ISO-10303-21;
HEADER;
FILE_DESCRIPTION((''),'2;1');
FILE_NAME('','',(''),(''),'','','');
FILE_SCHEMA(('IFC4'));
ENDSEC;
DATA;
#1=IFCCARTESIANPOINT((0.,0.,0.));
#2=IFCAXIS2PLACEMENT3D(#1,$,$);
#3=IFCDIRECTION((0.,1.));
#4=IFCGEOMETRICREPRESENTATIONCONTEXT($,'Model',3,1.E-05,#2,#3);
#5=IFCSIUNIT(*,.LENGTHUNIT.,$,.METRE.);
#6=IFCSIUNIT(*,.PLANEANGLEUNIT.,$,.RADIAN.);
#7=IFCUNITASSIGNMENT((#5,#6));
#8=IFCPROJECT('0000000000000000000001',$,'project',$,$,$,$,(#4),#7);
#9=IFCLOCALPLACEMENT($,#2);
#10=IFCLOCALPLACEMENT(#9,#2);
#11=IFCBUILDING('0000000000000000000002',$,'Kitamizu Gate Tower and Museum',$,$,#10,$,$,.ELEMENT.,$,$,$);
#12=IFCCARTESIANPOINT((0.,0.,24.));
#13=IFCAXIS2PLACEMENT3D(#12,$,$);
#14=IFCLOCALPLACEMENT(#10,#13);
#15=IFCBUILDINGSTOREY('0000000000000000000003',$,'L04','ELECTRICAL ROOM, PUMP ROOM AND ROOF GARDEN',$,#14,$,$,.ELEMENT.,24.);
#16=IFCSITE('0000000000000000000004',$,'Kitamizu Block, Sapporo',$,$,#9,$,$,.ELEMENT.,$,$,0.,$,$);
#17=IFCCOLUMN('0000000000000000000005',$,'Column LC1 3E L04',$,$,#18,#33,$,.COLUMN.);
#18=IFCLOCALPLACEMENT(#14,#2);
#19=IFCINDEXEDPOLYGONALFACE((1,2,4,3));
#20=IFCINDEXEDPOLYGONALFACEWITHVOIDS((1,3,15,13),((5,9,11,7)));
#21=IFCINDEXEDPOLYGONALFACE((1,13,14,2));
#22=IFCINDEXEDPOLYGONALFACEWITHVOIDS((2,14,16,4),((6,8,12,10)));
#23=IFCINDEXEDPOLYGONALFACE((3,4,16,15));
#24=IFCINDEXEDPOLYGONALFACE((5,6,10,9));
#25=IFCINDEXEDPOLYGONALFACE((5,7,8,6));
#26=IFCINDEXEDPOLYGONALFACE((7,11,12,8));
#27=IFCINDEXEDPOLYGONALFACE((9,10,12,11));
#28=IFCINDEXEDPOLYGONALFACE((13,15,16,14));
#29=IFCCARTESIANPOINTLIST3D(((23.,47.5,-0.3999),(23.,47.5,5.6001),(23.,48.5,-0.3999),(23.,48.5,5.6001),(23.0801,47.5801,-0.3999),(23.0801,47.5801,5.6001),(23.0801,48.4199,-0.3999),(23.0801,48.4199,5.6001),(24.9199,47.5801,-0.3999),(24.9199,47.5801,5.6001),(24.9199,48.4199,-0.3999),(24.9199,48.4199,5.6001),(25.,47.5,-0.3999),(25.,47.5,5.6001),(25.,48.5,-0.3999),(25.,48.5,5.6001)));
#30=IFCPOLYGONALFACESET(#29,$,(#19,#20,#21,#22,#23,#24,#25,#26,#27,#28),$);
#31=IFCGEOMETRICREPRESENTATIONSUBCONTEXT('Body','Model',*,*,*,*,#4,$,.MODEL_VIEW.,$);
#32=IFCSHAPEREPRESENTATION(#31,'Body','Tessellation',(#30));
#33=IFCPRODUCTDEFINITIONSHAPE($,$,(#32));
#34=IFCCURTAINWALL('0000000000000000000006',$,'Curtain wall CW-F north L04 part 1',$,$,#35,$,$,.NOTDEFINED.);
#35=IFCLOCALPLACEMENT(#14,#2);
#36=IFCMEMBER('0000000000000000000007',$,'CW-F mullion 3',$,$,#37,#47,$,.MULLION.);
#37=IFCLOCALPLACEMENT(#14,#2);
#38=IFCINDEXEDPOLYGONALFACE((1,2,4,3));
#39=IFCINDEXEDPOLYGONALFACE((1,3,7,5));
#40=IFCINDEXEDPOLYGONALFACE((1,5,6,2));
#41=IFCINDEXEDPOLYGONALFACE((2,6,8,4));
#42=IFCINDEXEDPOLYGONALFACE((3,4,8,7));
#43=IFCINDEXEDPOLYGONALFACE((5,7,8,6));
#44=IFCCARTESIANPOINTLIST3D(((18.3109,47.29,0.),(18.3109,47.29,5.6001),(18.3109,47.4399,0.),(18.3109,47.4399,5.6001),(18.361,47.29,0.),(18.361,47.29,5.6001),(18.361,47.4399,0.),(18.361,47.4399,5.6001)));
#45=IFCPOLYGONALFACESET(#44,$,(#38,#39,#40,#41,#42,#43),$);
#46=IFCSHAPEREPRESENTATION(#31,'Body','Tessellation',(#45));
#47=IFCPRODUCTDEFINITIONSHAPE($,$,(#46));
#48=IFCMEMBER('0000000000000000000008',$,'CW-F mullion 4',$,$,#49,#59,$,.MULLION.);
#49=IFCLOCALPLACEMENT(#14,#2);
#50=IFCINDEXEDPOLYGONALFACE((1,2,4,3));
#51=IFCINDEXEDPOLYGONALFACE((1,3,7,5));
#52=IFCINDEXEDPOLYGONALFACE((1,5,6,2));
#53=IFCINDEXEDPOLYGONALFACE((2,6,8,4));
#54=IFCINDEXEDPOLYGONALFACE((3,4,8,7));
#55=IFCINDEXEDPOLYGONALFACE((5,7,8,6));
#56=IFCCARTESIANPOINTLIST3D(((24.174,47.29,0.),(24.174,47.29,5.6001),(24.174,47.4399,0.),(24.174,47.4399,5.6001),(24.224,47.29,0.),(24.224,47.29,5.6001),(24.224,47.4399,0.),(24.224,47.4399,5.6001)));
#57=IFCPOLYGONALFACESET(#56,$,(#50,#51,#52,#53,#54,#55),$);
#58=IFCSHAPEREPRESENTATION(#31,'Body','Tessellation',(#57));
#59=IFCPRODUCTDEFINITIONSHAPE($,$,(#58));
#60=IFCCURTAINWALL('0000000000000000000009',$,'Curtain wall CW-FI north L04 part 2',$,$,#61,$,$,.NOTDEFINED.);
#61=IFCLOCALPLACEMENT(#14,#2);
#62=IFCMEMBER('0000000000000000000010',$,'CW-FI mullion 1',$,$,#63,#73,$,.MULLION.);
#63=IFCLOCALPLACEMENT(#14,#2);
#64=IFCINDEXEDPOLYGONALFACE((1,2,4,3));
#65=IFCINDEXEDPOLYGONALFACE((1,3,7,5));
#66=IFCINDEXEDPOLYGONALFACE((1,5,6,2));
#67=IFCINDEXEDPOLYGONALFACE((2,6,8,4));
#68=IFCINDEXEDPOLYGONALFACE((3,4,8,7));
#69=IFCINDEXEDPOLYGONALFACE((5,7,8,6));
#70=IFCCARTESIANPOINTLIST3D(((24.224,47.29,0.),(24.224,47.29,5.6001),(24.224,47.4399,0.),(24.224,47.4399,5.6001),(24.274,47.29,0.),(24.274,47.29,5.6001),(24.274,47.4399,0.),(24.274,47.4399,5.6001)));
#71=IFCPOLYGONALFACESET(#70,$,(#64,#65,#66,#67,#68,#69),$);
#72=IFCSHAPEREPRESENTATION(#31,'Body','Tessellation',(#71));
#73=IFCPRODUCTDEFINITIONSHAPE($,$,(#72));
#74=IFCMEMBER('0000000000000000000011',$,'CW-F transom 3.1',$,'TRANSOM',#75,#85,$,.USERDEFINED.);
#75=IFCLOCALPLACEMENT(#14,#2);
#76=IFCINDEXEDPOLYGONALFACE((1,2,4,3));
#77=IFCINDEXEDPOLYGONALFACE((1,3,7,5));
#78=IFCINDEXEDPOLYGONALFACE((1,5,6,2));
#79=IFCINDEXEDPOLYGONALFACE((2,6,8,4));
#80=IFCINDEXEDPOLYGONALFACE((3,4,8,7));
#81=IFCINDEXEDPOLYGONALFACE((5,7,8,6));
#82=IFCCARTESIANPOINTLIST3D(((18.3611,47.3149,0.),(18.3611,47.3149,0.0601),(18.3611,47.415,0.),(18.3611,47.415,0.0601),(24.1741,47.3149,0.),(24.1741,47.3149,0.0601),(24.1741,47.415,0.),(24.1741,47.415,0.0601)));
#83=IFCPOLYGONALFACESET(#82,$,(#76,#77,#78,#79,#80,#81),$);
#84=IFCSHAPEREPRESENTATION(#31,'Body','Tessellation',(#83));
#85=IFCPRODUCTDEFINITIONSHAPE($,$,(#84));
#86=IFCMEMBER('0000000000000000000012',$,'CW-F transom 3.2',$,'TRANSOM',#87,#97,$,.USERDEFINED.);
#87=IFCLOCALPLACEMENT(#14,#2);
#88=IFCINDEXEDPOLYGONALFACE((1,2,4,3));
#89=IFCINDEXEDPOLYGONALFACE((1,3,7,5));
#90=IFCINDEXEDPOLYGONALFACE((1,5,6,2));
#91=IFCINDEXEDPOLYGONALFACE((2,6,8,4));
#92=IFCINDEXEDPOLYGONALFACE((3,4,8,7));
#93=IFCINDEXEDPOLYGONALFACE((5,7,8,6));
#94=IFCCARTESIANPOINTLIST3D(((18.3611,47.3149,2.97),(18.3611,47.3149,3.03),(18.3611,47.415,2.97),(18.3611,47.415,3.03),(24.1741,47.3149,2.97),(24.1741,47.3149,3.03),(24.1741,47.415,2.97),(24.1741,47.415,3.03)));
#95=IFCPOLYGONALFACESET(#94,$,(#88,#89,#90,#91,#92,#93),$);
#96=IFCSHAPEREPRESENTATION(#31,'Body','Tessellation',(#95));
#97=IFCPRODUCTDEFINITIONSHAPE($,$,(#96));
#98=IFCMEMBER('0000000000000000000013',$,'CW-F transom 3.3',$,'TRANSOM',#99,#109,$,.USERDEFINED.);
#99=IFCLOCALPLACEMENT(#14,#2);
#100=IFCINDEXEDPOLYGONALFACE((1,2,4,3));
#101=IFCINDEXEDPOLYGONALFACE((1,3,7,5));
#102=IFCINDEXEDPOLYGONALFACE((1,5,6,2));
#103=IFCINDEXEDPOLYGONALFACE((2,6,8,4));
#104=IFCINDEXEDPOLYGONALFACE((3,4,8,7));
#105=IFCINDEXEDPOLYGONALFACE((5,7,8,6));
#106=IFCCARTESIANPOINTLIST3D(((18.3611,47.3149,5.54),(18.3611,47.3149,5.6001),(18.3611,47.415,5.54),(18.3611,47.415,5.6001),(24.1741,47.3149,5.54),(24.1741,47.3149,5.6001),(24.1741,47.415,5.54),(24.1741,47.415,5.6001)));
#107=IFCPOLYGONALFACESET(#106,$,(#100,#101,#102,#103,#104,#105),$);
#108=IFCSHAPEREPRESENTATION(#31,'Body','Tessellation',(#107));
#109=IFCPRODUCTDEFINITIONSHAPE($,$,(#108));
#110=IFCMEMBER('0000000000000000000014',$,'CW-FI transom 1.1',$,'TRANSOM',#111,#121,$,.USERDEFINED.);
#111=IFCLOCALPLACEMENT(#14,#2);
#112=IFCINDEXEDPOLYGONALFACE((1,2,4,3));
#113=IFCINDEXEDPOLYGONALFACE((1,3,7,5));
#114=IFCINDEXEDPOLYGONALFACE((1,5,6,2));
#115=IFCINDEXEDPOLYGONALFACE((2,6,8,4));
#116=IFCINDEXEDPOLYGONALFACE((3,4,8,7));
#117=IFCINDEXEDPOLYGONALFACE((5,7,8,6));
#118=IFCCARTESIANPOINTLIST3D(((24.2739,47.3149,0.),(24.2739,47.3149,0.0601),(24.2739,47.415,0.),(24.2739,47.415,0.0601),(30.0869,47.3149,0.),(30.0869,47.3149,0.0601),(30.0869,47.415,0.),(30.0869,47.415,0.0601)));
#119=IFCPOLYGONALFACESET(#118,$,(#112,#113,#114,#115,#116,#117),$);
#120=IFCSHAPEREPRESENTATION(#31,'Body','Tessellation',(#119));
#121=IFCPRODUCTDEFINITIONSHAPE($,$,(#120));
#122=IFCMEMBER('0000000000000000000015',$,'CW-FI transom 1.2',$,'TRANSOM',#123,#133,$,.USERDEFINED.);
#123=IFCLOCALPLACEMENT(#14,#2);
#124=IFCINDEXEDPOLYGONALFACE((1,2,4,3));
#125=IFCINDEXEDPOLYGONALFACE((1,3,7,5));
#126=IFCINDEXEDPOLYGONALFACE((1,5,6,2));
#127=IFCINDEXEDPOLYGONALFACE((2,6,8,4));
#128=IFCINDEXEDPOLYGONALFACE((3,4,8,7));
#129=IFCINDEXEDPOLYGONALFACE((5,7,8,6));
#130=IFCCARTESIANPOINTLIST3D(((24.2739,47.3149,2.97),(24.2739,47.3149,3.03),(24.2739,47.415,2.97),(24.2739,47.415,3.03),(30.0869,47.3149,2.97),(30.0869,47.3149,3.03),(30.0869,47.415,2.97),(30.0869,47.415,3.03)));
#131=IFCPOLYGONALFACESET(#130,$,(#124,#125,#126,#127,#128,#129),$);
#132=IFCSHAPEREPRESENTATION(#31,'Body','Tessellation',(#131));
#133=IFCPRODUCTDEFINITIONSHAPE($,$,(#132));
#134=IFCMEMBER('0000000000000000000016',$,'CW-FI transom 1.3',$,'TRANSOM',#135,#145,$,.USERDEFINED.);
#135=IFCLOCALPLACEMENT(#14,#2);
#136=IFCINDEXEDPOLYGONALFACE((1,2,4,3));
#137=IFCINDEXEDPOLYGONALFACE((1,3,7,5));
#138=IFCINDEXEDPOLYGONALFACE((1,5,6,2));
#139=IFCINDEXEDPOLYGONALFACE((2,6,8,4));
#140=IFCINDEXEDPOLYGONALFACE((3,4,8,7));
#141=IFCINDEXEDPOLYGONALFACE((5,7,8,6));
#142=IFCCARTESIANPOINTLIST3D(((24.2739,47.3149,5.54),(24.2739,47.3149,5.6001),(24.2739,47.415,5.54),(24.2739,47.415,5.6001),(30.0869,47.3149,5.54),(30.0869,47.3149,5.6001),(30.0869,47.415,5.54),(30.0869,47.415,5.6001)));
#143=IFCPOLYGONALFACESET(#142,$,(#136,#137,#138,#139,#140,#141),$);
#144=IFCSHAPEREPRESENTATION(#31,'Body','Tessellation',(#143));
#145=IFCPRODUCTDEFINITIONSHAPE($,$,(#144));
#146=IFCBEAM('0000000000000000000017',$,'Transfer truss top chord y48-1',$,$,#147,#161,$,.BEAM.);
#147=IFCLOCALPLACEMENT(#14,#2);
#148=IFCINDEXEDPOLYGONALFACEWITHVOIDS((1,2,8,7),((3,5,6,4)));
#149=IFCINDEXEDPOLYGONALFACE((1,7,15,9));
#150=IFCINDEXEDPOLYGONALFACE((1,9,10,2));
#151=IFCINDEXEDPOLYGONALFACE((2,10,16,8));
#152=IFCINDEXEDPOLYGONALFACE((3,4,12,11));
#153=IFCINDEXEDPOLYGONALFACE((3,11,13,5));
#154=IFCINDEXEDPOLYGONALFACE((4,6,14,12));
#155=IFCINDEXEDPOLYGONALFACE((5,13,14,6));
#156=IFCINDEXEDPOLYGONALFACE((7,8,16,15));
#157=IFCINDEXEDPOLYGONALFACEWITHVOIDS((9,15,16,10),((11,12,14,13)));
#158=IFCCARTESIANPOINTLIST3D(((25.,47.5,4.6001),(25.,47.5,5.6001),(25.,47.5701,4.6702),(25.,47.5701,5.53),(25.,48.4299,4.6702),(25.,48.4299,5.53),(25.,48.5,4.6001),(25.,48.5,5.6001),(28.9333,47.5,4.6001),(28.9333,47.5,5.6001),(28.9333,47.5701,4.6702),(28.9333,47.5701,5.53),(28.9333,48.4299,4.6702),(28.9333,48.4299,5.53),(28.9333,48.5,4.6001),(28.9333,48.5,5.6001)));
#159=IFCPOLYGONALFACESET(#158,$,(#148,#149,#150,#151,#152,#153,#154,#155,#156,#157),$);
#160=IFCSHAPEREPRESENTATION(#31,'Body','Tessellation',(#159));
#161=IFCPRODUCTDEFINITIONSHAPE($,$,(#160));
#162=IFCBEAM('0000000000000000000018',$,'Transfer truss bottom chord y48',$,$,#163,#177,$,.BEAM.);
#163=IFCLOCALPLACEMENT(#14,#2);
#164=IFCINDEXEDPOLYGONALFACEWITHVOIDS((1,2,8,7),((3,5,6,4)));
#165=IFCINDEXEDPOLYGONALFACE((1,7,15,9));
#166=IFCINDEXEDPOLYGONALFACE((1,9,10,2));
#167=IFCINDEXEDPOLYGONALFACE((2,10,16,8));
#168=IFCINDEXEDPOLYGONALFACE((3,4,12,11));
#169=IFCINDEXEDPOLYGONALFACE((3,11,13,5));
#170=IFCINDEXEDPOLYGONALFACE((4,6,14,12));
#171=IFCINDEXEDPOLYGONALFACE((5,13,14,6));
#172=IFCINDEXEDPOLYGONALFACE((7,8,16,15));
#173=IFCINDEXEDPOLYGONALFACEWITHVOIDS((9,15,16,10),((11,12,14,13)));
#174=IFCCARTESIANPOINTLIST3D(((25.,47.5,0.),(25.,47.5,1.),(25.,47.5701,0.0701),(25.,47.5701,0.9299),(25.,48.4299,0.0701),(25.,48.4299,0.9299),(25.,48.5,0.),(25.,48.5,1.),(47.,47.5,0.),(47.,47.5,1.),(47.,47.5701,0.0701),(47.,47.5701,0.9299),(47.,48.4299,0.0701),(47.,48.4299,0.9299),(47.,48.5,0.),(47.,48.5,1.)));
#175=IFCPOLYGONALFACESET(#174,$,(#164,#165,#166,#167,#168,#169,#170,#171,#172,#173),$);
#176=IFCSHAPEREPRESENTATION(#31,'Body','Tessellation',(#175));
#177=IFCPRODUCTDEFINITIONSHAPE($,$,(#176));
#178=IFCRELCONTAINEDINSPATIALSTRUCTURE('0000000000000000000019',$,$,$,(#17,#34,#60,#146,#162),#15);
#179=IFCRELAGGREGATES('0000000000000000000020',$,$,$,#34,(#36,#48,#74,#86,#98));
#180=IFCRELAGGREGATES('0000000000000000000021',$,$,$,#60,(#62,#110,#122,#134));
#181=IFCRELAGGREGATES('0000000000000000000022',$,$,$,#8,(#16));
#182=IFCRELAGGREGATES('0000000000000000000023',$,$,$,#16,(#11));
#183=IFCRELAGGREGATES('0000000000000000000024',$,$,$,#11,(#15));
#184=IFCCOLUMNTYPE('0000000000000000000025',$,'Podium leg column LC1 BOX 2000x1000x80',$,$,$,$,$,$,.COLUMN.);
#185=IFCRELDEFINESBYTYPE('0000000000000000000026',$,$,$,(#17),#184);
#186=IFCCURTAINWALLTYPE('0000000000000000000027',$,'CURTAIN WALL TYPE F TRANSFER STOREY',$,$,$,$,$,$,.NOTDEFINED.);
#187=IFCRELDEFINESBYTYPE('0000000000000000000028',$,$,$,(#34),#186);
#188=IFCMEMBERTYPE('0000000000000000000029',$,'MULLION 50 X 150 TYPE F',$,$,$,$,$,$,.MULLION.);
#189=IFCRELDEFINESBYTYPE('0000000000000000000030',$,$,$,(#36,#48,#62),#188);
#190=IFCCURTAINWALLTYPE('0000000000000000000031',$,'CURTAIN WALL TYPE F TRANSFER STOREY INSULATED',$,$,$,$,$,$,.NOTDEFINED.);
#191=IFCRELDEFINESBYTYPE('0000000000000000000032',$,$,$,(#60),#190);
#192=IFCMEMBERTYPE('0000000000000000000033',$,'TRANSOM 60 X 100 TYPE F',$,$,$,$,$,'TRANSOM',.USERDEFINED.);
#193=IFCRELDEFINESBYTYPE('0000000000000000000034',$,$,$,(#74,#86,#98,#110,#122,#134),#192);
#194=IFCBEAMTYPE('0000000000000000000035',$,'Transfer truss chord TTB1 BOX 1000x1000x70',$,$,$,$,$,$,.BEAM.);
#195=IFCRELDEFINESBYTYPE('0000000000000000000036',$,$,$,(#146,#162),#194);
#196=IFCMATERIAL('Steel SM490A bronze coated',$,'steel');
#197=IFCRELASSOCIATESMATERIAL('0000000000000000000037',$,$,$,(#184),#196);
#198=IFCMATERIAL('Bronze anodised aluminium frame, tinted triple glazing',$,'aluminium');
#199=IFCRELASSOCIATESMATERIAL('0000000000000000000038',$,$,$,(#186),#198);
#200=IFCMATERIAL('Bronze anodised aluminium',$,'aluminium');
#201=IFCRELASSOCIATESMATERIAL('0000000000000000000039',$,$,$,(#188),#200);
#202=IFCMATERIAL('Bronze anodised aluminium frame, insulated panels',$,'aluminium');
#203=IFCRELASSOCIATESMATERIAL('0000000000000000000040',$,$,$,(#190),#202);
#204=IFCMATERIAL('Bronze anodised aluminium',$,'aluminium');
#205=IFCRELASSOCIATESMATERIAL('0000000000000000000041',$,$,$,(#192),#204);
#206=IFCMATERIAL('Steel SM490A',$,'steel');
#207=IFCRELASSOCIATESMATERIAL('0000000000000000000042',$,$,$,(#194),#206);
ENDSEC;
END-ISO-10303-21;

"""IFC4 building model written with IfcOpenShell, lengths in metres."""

from ifc_helpers import new_model, si_unit, direction, frame, origin, origin_2d, place, context, subcontext, project, spatial, rectangle, hollow_rectangle, extrude, material, material_profile, profile_set, type_object, element, aggregate, save


model = new_model("IFC4")

# Units and contexts
model_context = context("Model", 3, precision=1e-05, world=origin(), true_north=direction((0.0, 1.0)))
body_context = subcontext(model_context, "Body", "Model", "MODEL_VIEW")
ifc_project = project(units=[si_unit("LENGTHUNIT", "METRE"), si_unit("PLANEANGLEUNIT", "RADIAN")], contexts=[model_context])

# Site, building, storey
site_placement = place(None, origin())
site = spatial("IfcSite", under=ifc_project, at=site_placement, Name="Kitamizu Block, Sapporo", CompositionType="ELEMENT", RefElevation=0.0)
building_placement = place(site_placement, origin())
building = spatial("IfcBuilding", under=site, at=building_placement, Name="Kitamizu Gate Tower and Museum", CompositionType="ELEMENT")
storey_placement = place(building_placement, frame((0.0, 0.0, 24.0)))
storey = spatial("IfcBuildingStorey", under=building, at=storey_placement, Name="L04", Description="ELECTRICAL ROOM, PUMP ROOM AND ROOF GARDEN", CompositionType="ELEMENT", Elevation=24.0)

# Column
ifc_material_1 = material(Name="Steel SM490A bronze coated", Category="steel")
ifc_material_profile_1 = material_profile(ifc_material_1, hollow_rectangle(XDim=2.0, YDim=1.0, WallThickness=0.0801, at=origin_2d()), Name="BOX 2000x1000x80")
ifc_profile_set_1 = profile_set([ifc_material_profile_1], Name="Steel SM490A bronze coated")
column_type = type_object("IfcColumnType", Name="Podium leg column LC1 BOX 2000x1000x80", PredefinedType="COLUMN", material=ifc_profile_set_1)
column_placement = place(storey_placement, frame((24.0, 48.0, -0.3999), z_axis=(0.0, 0.0, 1.0), x_axis=(1.0, 0.0, 0.0)))
element("IfcColumn", 1, at=column_placement, inside=storey, type_object=column_type, Name="Column LC1 3E L04", PredefinedType="COLUMN", context=body_context, shape_type="SweptSolid", body=[
    extrude(hollow_rectangle(XDim=2.0, YDim=1.0, WallThickness=0.0801, at=origin_2d()), origin(), (0.0, 0.0, 1.0), 6.0),
])

# Curtain wall, members
ifc_material_2 = material(Name="Bronze anodised aluminium frame, tinted triple glazing", Category="aluminium")
curtain_wall_type_1 = type_object("IfcCurtainWallType", Name="CURTAIN WALL TYPE F TRANSFER STOREY", PredefinedType="NOTDEFINED", material=ifc_material_2)
curtain_wall_1_placement = place(storey_placement, origin())
curtain_wall_1 = element("IfcCurtainWall", 2, at=curtain_wall_1_placement, inside=storey, type_object=curtain_wall_type_1, Name="Curtain wall CW-F north L04 part 1", PredefinedType="NOTDEFINED")
ifc_material_3 = material(Name="Bronze anodised aluminium", Category="aluminium")
ifc_material_profile_2 = material_profile(ifc_material_3, rectangle(XDim=0.05, YDim=0.1499, at=origin_2d()), Name="AL 50X150")
ifc_profile_set_2 = profile_set([ifc_material_profile_2], Name="Bronze anodised aluminium")
member_type_1 = type_object("IfcMemberType", Name="MULLION 50 X 150 TYPE F", PredefinedType="MULLION", material=ifc_profile_set_2)
member_1_placement = place(storey_placement, frame((18.3359, 47.365, 0.0), z_axis=(0.0, 0.0, 1.0), x_axis=(1.0, 0.0, 0.0)))
member_1 = element("IfcMember", 3, at=member_1_placement, type_object=member_type_1, Name="CW-F mullion 3", PredefinedType="MULLION", context=body_context, shape_type="SweptSolid", body=[
    extrude(rectangle(XDim=0.05, YDim=0.1499, at=origin_2d()), origin(), (0.0, 0.0, 1.0), 5.6001),
])
member_2_placement = place(storey_placement, frame((24.199, 47.365, 0.0), z_axis=(0.0, 0.0, 1.0), x_axis=(1.0, 0.0, 0.0)))
member_2 = element("IfcMember", 4, at=member_2_placement, type_object=member_type_1, Name="CW-F mullion 4", PredefinedType="MULLION", context=body_context, shape_type="SweptSolid", body=[
    extrude(rectangle(XDim=0.05, YDim=0.1499, at=origin_2d()), origin(), (0.0, 0.0, 1.0), 5.6001),
])

# Curtain wall, member
ifc_material_4 = material(Name="Bronze anodised aluminium frame, insulated panels", Category="aluminium")
curtain_wall_type_2 = type_object("IfcCurtainWallType", Name="CURTAIN WALL TYPE F TRANSFER STOREY INSULATED", PredefinedType="NOTDEFINED", material=ifc_material_4)
curtain_wall_2_placement = place(storey_placement, origin())
curtain_wall_2 = element("IfcCurtainWall", 5, at=curtain_wall_2_placement, inside=storey, type_object=curtain_wall_type_2, Name="Curtain wall CW-FI north L04 part 2", PredefinedType="NOTDEFINED")
member_3_placement = place(storey_placement, frame((24.249, 47.365, 0.0), z_axis=(0.0, 0.0, 1.0), x_axis=(1.0, 0.0, 0.0)))
member_3 = element("IfcMember", 6, at=member_3_placement, type_object=member_type_1, Name="CW-FI mullion 1", PredefinedType="MULLION", context=body_context, shape_type="SweptSolid", body=[
    extrude(rectangle(XDim=0.05, YDim=0.1499, at=origin_2d()), origin(), (0.0, 0.0, 1.0), 5.6001),
])

# Members
ifc_material_5 = material(Name="Bronze anodised aluminium", Category="aluminium")
ifc_material_profile_3 = material_profile(ifc_material_5, rectangle(XDim=0.1001, YDim=0.0601, at=origin_2d()), Name="AL 60X100")
ifc_profile_set_3 = profile_set([ifc_material_profile_3], Name="Bronze anodised aluminium")
member_type_2 = type_object("IfcMemberType", Name="TRANSOM 60 X 100 TYPE F", ElementType="TRANSOM", PredefinedType="USERDEFINED", material=ifc_profile_set_3)
member_4_placement = place(storey_placement, frame((18.3611, 47.365, 0.03), z_axis=(1.0, 0.0, 0.0), x_axis=(0.0, 1.0, 0.0)))
member_4 = element("IfcMember", 7, at=member_4_placement, type_object=member_type_2, Name="CW-F transom 3.1", ObjectType="TRANSOM", PredefinedType="USERDEFINED", context=body_context, shape_type="SweptSolid", body=[
    extrude(rectangle(XDim=0.1001, YDim=0.0601, at=origin_2d()), origin(), (0.0, 0.0, 1.0), 5.813),
])
member_5_placement = place(storey_placement, frame((18.3611, 47.365, 3.0), z_axis=(1.0, 0.0, 0.0), x_axis=(0.0, 1.0, 0.0)))
member_5 = element("IfcMember", 8, at=member_5_placement, type_object=member_type_2, Name="CW-F transom 3.2", ObjectType="TRANSOM", PredefinedType="USERDEFINED", context=body_context, shape_type="SweptSolid", body=[
    extrude(rectangle(XDim=0.1001, YDim=0.0601, at=origin_2d()), origin(), (0.0, 0.0, 1.0), 5.813),
])
member_6_placement = place(storey_placement, frame((18.3611, 47.365, 5.5701), z_axis=(1.0, 0.0, 0.0), x_axis=(0.0, 1.0, 0.0)))
member_6 = element("IfcMember", 9, at=member_6_placement, type_object=member_type_2, Name="CW-F transom 3.3", ObjectType="TRANSOM", PredefinedType="USERDEFINED", context=body_context, shape_type="SweptSolid", body=[
    extrude(rectangle(XDim=0.1001, YDim=0.0601, at=origin_2d()), origin(), (0.0, 0.0, 1.0), 5.813),
])
member_7_placement = place(storey_placement, frame((24.2739, 47.365, 0.03), z_axis=(1.0, 0.0, 0.0), x_axis=(0.0, 1.0, 0.0)))
member_7 = element("IfcMember", 10, at=member_7_placement, type_object=member_type_2, Name="CW-FI transom 1.1", ObjectType="TRANSOM", PredefinedType="USERDEFINED", context=body_context, shape_type="SweptSolid", body=[
    extrude(rectangle(XDim=0.1001, YDim=0.0601, at=origin_2d()), origin(), (0.0, 0.0, 1.0), 5.813),
])
member_8_placement = place(storey_placement, frame((24.2739, 47.365, 3.0), z_axis=(1.0, 0.0, 0.0), x_axis=(0.0, 1.0, 0.0)))
member_8 = element("IfcMember", 11, at=member_8_placement, type_object=member_type_2, Name="CW-FI transom 1.2", ObjectType="TRANSOM", PredefinedType="USERDEFINED", context=body_context, shape_type="SweptSolid", body=[
    extrude(rectangle(XDim=0.1001, YDim=0.0601, at=origin_2d()), origin(), (0.0, 0.0, 1.0), 5.813),
])
member_9_placement = place(storey_placement, frame((24.2739, 47.365, 5.5701), z_axis=(1.0, 0.0, 0.0), x_axis=(0.0, 1.0, 0.0)))
member_9 = element("IfcMember", 12, at=member_9_placement, type_object=member_type_2, Name="CW-FI transom 1.3", ObjectType="TRANSOM", PredefinedType="USERDEFINED", context=body_context, shape_type="SweptSolid", body=[
    extrude(rectangle(XDim=0.1001, YDim=0.0601, at=origin_2d()), origin(), (0.0, 0.0, 1.0), 5.813),
])

# Beams
ifc_material_6 = material(Name="Steel SM490A", Category="steel")
ifc_material_profile_4 = material_profile(ifc_material_6, hollow_rectangle(XDim=1.0, YDim=1.0, WallThickness=0.0701, at=origin_2d()), Name="BOX 1000x1000x70")
ifc_profile_set_4 = profile_set([ifc_material_profile_4], Name="Steel SM490A")
beam_type = type_object("IfcBeamType", Name="Transfer truss chord TTB1 BOX 1000x1000x70", PredefinedType="BEAM", material=ifc_profile_set_4)
beam_1_placement = place(storey_placement, frame((25.0, 48.0, 5.1001), z_axis=(1.0, 0.0, 0.0), x_axis=(0.0, 1.0, 0.0)))
element("IfcBeam", 13, at=beam_1_placement, inside=storey, type_object=beam_type, Name="Transfer truss top chord y48-1", PredefinedType="BEAM", context=body_context, shape_type="SweptSolid", body=[
    extrude(hollow_rectangle(XDim=1.0, YDim=1.0, WallThickness=0.0701, at=origin_2d()), origin(), (0.0, 0.0, 1.0), 3.9333),
])
beam_2_placement = place(storey_placement, frame((25.0, 48.0, 0.5), z_axis=(1.0, 0.0, 0.0), x_axis=(0.0, 1.0, 0.0)))
element("IfcBeam", 14, at=beam_2_placement, inside=storey, type_object=beam_type, Name="Transfer truss bottom chord y48", PredefinedType="BEAM", context=body_context, shape_type="SweptSolid", body=[
    extrude(hollow_rectangle(XDim=1.0, YDim=1.0, WallThickness=0.0701, at=origin_2d()), origin(), (0.0, 0.0, 1.0), 22.0),
])

aggregate(curtain_wall_1, [member_1, member_2, member_4, member_5, member_6])
aggregate(curtain_wall_2, [member_3, member_7, member_8, member_9])

save(model, "model.ifc")
